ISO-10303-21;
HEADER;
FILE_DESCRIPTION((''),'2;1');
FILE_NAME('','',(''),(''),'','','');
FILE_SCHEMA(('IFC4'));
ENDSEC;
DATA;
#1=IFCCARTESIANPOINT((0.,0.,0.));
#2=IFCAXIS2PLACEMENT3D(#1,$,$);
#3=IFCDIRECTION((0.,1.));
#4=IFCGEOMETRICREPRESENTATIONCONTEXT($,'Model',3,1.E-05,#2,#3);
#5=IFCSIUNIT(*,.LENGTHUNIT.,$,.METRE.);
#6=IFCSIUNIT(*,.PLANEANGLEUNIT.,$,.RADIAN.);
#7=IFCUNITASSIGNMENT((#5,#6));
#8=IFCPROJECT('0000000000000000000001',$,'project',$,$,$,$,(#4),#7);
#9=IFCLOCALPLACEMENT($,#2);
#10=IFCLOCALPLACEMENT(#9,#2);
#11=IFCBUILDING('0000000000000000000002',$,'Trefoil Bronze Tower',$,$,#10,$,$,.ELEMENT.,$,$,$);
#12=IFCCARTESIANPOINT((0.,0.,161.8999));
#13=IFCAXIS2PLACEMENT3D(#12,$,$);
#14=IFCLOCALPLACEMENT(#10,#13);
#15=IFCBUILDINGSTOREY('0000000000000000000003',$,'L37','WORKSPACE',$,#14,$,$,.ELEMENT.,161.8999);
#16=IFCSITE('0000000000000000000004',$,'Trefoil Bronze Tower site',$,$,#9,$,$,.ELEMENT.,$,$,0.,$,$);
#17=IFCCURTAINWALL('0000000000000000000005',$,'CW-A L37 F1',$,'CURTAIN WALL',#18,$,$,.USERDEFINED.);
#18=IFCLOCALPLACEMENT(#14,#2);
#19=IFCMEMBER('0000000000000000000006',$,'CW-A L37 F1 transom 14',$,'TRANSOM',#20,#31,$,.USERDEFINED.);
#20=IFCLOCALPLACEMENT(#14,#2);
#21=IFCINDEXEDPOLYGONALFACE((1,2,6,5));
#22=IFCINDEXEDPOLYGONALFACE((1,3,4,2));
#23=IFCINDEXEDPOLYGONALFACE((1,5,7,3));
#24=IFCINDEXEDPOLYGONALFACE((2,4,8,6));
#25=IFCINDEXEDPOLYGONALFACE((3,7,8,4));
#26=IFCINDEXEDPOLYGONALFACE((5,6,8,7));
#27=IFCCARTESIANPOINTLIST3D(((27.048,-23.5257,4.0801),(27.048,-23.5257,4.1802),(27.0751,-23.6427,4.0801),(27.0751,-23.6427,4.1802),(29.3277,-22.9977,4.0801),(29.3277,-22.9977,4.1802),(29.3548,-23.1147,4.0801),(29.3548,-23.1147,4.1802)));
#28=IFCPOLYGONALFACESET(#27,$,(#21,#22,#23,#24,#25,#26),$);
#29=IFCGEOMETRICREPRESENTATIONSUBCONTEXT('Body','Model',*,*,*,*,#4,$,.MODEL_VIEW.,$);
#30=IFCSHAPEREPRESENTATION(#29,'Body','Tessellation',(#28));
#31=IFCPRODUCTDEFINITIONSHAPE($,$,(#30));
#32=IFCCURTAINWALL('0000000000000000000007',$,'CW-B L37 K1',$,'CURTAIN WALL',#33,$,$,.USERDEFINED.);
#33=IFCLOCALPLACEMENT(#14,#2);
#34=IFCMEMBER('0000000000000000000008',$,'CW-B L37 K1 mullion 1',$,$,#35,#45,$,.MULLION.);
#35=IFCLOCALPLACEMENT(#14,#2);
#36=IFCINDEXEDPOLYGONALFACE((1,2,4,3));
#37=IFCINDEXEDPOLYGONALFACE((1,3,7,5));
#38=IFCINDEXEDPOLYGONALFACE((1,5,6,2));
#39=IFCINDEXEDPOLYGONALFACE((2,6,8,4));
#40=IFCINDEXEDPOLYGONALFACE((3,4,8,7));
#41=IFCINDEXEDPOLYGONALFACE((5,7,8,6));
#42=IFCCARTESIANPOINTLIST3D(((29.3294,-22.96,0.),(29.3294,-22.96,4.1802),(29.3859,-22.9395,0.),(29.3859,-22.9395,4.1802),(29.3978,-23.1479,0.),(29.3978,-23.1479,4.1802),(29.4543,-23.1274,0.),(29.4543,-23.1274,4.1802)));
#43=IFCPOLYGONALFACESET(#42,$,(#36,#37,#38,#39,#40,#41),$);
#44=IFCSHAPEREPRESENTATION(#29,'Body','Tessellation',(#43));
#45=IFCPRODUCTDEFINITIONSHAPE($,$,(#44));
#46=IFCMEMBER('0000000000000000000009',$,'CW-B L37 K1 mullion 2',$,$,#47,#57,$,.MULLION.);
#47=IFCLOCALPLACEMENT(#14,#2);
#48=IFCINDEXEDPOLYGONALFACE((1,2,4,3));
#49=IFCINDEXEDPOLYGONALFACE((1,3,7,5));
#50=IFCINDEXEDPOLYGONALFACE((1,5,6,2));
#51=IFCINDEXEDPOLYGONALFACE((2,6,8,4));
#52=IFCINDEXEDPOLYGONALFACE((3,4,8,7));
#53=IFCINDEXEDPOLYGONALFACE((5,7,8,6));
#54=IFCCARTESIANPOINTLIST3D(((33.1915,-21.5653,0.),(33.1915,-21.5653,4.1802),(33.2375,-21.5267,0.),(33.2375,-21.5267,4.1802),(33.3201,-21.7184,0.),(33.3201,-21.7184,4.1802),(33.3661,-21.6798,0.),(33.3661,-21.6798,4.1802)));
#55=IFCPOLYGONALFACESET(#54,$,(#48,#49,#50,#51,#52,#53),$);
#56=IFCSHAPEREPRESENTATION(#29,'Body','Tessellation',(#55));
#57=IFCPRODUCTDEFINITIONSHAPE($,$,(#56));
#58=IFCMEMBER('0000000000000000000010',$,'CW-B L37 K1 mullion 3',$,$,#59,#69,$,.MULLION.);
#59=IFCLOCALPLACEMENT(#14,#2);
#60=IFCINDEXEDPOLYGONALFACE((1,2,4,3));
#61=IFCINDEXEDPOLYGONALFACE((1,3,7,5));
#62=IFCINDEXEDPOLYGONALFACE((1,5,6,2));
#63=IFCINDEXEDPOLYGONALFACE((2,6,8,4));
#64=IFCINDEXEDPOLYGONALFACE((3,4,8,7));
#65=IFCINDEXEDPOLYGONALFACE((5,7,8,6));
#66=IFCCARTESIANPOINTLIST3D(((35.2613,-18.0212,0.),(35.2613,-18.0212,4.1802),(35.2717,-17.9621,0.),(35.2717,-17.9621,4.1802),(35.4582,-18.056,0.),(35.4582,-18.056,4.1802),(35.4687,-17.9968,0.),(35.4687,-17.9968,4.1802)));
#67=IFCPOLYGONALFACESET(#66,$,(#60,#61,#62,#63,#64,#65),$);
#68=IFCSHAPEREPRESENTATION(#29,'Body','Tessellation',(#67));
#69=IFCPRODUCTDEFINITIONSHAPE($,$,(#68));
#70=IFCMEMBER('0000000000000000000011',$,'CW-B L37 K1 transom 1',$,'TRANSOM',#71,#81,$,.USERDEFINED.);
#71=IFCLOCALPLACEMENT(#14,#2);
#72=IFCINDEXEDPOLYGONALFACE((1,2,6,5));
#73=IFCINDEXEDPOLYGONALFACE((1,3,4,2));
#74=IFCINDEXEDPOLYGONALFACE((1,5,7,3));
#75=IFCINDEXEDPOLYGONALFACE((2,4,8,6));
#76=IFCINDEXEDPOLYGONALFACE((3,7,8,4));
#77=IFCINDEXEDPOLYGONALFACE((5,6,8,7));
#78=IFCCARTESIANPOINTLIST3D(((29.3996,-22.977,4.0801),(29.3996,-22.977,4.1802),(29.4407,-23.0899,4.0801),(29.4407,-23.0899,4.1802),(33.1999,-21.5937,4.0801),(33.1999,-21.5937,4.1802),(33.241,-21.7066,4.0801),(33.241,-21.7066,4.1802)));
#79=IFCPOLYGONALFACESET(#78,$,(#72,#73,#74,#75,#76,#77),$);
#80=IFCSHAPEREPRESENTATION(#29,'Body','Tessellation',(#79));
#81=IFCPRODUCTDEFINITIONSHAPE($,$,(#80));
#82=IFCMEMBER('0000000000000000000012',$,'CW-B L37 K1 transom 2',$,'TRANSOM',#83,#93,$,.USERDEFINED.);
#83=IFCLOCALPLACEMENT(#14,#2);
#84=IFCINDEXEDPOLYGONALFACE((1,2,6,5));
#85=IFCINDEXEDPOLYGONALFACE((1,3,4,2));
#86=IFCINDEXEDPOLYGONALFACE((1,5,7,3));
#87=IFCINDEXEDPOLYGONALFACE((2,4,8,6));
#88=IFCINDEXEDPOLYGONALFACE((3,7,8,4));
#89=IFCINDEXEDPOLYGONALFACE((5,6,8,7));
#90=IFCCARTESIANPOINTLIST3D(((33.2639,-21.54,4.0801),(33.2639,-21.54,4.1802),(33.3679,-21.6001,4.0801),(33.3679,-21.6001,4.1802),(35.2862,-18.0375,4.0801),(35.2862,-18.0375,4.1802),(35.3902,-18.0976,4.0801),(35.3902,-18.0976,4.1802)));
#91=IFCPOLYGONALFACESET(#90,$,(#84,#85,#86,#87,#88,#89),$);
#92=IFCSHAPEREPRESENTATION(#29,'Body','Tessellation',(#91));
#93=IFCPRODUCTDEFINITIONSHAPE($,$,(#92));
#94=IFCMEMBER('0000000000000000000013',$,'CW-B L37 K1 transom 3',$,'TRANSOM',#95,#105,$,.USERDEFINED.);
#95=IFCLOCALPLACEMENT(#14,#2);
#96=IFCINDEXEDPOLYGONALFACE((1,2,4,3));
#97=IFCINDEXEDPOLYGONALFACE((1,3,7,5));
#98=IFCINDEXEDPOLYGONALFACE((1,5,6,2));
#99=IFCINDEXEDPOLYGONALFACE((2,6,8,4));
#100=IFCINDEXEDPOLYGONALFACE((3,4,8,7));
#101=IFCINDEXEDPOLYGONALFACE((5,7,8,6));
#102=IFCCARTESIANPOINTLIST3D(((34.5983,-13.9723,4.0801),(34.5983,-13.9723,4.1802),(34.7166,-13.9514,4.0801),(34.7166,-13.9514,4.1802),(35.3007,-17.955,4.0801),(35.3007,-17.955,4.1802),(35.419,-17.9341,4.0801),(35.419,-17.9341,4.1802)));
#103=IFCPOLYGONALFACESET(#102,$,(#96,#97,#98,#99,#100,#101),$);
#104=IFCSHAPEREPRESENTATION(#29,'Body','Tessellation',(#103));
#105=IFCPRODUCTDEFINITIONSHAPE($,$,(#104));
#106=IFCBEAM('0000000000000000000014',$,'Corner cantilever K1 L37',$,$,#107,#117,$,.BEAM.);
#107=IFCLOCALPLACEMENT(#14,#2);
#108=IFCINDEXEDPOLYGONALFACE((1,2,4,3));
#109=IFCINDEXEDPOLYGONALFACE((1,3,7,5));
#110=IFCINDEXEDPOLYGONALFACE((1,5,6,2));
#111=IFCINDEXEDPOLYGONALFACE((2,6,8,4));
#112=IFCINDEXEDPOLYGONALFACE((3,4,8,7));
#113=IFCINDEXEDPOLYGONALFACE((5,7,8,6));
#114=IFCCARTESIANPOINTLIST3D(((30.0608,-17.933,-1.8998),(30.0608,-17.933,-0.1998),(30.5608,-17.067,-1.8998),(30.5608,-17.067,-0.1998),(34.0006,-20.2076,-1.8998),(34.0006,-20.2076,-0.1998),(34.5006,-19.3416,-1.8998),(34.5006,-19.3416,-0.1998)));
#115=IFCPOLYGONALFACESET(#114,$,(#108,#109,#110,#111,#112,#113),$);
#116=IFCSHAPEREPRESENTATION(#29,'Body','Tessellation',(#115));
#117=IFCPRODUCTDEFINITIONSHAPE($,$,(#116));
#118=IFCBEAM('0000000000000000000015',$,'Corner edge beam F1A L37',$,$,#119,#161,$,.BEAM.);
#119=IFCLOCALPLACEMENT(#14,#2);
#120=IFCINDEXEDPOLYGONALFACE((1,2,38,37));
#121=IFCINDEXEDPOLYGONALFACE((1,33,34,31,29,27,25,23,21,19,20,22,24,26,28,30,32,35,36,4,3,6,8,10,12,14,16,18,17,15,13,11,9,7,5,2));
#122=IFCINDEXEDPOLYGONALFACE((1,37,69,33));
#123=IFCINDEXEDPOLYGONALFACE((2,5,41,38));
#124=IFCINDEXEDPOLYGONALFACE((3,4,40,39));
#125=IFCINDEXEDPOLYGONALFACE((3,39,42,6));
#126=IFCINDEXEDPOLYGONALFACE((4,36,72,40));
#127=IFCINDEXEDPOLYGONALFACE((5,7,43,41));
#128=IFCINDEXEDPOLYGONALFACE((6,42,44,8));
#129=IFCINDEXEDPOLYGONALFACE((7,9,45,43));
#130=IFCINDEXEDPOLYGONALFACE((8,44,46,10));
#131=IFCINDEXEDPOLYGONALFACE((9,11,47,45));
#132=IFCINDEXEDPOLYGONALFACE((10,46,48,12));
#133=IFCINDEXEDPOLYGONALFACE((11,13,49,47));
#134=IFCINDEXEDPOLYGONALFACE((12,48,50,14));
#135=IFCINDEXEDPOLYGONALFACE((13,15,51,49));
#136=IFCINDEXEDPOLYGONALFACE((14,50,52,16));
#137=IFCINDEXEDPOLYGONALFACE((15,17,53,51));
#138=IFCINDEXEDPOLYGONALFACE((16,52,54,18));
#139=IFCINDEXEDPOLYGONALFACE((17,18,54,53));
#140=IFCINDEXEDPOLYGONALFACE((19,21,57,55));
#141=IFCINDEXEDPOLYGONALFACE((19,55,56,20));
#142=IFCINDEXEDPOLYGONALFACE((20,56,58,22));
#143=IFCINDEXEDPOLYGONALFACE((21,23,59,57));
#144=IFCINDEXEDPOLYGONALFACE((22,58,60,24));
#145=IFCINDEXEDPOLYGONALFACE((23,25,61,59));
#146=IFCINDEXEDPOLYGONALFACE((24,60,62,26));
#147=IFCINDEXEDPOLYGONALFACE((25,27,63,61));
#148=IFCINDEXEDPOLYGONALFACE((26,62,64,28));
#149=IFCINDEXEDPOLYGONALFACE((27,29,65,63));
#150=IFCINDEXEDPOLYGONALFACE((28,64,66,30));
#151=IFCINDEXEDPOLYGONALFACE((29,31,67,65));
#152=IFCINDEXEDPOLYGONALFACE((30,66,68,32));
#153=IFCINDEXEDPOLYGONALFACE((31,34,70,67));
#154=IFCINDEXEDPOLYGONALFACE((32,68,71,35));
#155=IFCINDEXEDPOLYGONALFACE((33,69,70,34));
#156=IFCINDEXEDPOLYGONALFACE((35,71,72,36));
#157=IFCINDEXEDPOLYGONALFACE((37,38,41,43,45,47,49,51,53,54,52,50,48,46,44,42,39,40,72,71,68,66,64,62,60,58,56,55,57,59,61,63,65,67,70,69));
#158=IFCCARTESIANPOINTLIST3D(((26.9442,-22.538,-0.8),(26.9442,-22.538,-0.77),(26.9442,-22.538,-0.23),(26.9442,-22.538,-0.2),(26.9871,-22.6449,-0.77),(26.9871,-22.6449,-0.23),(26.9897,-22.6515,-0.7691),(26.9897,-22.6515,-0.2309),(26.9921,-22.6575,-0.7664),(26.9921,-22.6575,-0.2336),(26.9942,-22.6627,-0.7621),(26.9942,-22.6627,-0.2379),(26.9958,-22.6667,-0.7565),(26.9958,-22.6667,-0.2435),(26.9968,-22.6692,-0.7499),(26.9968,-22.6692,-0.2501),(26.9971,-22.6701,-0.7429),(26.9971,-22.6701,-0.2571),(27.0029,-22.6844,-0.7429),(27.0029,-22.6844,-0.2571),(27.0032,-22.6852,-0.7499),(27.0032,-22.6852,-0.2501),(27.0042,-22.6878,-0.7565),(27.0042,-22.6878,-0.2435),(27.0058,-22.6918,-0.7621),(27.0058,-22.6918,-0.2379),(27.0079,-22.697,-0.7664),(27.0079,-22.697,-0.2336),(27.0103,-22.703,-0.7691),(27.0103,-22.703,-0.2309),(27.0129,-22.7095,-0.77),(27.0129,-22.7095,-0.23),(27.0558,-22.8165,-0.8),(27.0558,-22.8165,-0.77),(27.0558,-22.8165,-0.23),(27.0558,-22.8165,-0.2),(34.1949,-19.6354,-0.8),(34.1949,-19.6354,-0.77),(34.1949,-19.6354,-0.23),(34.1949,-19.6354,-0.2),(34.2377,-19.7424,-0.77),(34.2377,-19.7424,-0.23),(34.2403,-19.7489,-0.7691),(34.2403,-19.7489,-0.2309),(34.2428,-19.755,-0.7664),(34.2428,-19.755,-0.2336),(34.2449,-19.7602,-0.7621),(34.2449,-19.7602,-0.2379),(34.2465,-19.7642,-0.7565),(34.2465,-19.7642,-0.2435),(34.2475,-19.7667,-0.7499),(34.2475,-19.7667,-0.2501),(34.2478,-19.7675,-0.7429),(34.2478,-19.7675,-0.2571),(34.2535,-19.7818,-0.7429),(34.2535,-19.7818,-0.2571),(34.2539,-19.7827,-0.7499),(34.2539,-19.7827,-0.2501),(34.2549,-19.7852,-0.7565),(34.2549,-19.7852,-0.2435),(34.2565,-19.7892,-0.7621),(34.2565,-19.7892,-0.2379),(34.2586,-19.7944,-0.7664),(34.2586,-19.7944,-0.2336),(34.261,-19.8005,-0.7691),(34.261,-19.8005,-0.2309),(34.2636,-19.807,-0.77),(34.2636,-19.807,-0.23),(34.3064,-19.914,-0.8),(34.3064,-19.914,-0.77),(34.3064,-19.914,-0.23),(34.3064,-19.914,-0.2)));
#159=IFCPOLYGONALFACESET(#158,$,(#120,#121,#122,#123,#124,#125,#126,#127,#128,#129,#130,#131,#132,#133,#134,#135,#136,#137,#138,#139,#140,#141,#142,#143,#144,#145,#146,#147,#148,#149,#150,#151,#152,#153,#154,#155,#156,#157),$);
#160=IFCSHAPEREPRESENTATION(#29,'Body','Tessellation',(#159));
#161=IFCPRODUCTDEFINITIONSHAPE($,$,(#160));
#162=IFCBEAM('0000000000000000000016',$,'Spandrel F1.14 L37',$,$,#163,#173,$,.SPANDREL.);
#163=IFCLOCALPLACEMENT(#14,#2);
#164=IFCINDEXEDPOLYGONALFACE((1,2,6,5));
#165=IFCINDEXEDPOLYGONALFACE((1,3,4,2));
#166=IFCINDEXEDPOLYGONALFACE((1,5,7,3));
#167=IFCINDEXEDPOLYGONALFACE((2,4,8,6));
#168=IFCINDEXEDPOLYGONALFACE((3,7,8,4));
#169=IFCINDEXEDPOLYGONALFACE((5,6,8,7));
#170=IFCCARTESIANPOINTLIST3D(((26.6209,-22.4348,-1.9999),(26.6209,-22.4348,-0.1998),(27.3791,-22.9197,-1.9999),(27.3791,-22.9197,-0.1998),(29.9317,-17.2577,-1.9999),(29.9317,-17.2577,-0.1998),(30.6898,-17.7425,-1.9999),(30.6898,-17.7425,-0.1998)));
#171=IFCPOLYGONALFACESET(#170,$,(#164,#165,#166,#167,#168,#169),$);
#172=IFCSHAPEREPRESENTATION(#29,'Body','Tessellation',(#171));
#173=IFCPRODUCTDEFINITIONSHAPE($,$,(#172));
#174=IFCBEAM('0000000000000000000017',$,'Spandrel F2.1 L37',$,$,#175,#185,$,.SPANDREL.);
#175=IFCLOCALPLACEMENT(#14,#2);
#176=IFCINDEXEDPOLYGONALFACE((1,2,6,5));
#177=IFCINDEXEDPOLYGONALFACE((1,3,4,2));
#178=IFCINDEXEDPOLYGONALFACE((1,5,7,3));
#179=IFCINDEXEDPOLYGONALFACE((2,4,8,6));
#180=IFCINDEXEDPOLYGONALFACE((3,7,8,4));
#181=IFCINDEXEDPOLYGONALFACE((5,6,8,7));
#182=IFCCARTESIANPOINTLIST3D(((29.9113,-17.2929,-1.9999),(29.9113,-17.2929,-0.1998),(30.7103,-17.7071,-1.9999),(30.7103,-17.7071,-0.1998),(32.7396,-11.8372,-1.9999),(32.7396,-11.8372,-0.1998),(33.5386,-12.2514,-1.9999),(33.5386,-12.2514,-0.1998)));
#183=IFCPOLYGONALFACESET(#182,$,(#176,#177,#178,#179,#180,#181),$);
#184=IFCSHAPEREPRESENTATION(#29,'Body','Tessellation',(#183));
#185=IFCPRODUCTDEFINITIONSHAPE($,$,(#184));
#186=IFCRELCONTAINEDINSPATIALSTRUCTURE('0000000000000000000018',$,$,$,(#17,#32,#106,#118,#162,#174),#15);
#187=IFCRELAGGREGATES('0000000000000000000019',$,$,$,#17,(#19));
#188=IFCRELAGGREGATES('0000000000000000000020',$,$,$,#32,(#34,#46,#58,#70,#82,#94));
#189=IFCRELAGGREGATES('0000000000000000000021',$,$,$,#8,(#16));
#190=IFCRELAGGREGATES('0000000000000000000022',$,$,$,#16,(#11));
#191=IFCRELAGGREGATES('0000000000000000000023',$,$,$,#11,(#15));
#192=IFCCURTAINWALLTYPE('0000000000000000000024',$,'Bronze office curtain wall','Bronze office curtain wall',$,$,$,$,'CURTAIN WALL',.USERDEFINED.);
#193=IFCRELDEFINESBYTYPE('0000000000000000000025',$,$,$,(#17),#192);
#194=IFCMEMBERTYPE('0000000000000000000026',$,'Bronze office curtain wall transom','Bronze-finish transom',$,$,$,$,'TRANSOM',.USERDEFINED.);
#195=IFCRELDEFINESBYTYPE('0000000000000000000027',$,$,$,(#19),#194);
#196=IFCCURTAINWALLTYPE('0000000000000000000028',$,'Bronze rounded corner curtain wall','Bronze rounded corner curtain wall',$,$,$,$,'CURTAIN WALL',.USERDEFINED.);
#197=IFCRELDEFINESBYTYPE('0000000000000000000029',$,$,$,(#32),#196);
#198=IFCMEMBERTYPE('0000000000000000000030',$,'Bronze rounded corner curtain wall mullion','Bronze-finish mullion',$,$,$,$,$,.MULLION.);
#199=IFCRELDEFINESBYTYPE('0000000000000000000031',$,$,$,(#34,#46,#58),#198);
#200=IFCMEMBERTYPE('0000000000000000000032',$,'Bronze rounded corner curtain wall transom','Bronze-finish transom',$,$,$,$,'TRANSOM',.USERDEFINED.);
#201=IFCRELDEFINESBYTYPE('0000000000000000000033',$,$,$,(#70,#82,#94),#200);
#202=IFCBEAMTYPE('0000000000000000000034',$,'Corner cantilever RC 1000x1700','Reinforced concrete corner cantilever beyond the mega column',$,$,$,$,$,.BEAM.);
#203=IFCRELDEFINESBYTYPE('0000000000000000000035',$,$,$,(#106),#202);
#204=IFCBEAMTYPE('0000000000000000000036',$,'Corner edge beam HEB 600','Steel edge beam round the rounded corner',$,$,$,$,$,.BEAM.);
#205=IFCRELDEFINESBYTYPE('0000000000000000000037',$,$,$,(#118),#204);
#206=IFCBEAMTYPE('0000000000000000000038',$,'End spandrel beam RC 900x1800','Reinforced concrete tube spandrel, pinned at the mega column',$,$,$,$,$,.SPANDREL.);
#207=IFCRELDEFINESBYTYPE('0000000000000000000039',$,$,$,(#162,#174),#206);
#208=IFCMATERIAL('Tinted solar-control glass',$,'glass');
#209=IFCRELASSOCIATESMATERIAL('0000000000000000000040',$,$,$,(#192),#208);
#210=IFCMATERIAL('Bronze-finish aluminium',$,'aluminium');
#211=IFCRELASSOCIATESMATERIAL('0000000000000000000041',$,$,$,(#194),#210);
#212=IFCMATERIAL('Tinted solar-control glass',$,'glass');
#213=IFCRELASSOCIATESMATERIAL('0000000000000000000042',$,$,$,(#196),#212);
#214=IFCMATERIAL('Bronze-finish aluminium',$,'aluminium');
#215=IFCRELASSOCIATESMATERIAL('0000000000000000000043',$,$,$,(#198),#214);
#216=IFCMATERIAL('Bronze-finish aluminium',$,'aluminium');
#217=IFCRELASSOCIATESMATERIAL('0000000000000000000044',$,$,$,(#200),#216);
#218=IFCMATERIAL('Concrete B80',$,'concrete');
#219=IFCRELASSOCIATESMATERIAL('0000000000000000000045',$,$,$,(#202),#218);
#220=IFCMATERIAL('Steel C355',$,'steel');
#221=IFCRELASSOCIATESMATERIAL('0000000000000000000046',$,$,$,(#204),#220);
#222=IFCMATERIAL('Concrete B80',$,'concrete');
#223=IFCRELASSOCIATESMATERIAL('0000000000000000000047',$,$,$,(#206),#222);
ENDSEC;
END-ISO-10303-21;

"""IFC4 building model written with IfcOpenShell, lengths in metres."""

from ifc_helpers import new_model, si_unit, direction, frame, origin, origin_2d, place, context, subcontext, project, spatial, rectangle, i_section, extrude, material, material_profile, profile_set, type_object, element, aggregate, save


model = new_model("IFC4")

# Units and contexts
model_context = context("Model", 3, precision=1e-05, world=origin(), true_north=direction((0.0, 1.0)))
body_context = subcontext(model_context, "Body", "Model", "MODEL_VIEW")
ifc_project = project(units=[si_unit("LENGTHUNIT", "METRE"), si_unit("PLANEANGLEUNIT", "RADIAN")], contexts=[model_context])

# Site, building, storey
site_placement = place(None, origin())
site = spatial("IfcSite", under=ifc_project, at=site_placement, Name="Trefoil Bronze Tower site", CompositionType="ELEMENT", RefElevation=0.0)
building_placement = place(site_placement, origin())
building = spatial("IfcBuilding", under=site, at=building_placement, Name="Trefoil Bronze Tower", CompositionType="ELEMENT")
storey_placement = place(building_placement, frame((0.0, 0.0, 161.8999)))
storey = spatial("IfcBuildingStorey", under=building, at=storey_placement, Name="L37", Description="WORKSPACE", CompositionType="ELEMENT", Elevation=161.8999)

# Curtain walls, members
ifc_material_1 = material(Name="Tinted solar-control glass", Category="glass")
curtain_wall_type_1 = type_object("IfcCurtainWallType", Name="Bronze office curtain wall", Description="Bronze office curtain wall", ElementType="CURTAIN WALL", PredefinedType="USERDEFINED", material=ifc_material_1)
curtain_wall_1_placement = place(storey_placement, origin())
curtain_wall_1 = element("IfcCurtainWall", 1, at=curtain_wall_1_placement, inside=storey, type_object=curtain_wall_type_1, Name="CW-A L37 F1", ObjectType="CURTAIN WALL", PredefinedType="USERDEFINED")
ifc_material_2 = material(Name="Bronze-finish aluminium", Category="aluminium")
ifc_material_profile_1 = material_profile(ifc_material_2, rectangle(XDim=0.1201, YDim=0.1001, at=origin_2d()), Name="CW-A transom")
ifc_profile_set_1 = profile_set([ifc_material_profile_1], Name="Bronze-finish aluminium")
member_type_1 = type_object("IfcMemberType", Name="Bronze office curtain wall transom", Description="Bronze-finish transom", ElementType="TRANSOM", PredefinedType="USERDEFINED", material=ifc_profile_set_1)
member_1_placement = place(storey_placement, frame((27.0615, -23.5842, 4.1301), z_axis=(0.974206, 0.225659, 0.0), x_axis=(-0.225659, 0.974206, 0.0)))
member_1 = element("IfcMember", 2, at=member_1_placement, type_object=member_type_1, Name="CW-A L37 F1 transom 14", ObjectType="TRANSOM", PredefinedType="USERDEFINED", context=body_context, shape_type="SweptSolid", body=[
    extrude(rectangle(XDim=0.1201, YDim=0.1001, at=origin_2d()), origin(), (0.0, 0.0, 1.0), 2.3401),
])
ifc_material_3 = material(Name="Tinted solar-control glass", Category="glass")
curtain_wall_type_2 = type_object("IfcCurtainWallType", Name="Bronze rounded corner curtain wall", Description="Bronze rounded corner curtain wall", ElementType="CURTAIN WALL", PredefinedType="USERDEFINED", material=ifc_material_3)
curtain_wall_2_placement = place(storey_placement, origin())
curtain_wall_2 = element("IfcCurtainWall", 3, at=curtain_wall_2_placement, inside=storey, type_object=curtain_wall_type_2, Name="CW-B L37 K1", ObjectType="CURTAIN WALL", PredefinedType="USERDEFINED")
ifc_material_4 = material(Name="Bronze-finish aluminium", Category="aluminium")
ifc_material_profile_2 = material_profile(ifc_material_4, rectangle(XDim=0.2, YDim=0.0601, at=origin_2d()), Name="CW-B mullion")
ifc_profile_set_2 = profile_set([ifc_material_profile_2], Name="Bronze-finish aluminium")
member_type_2 = type_object("IfcMemberType", Name="Bronze rounded corner curtain wall mullion", Description="Bronze-finish mullion", PredefinedType="MULLION", material=ifc_profile_set_2)
member_2_placement = place(storey_placement, frame((29.3918, -23.0437, 0.0), z_axis=(0.0, 0.0, 1.0), x_axis=(-0.34202, 0.939693, 0.0)))
member_2 = element("IfcMember", 4, at=member_2_placement, type_object=member_type_2, Name="CW-B L37 K1 mullion 1", PredefinedType="MULLION", context=body_context, shape_type="SweptSolid", body=[
    extrude(rectangle(XDim=0.2, YDim=0.0601, at=origin_2d()), origin(), (0.0, 0.0, 1.0), 4.1802),
])
member_3_placement = place(storey_placement, frame((33.2788, -21.6226, 0.0), z_axis=(0.0, 0.0, 1.0), x_axis=(-0.642788, 0.766044, 0.0)))
member_3 = element("IfcMember", 5, at=member_3_placement, type_object=member_type_2, Name="CW-B L37 K1 mullion 2", PredefinedType="MULLION", context=body_context, shape_type="SweptSolid", body=[
    extrude(rectangle(XDim=0.2, YDim=0.0601, at=origin_2d()), origin(), (0.0, 0.0, 1.0), 4.1802),
])
member_4_placement = place(storey_placement, frame((35.365, -18.009, 0.0), z_axis=(0.0, 0.0, 1.0), x_axis=(-0.984808, 0.173648, 0.0)))
member_4 = element("IfcMember", 6, at=member_4_placement, type_object=member_type_2, Name="CW-B L37 K1 mullion 3", PredefinedType="MULLION", context=body_context, shape_type="SweptSolid", body=[
    extrude(rectangle(XDim=0.2, YDim=0.0601, at=origin_2d()), origin(), (0.0, 0.0, 1.0), 4.1802),
])
ifc_material_5 = material(Name="Bronze-finish aluminium", Category="aluminium")
ifc_material_profile_3 = material_profile(ifc_material_5, rectangle(XDim=0.1201, YDim=0.1001, at=origin_2d()), Name="CW-B transom")
ifc_profile_set_3 = profile_set([ifc_material_profile_3], Name="Bronze-finish aluminium")
member_type_3 = type_object("IfcMemberType", Name="Bronze rounded corner curtain wall transom", Description="Bronze-finish transom", ElementType="TRANSOM", PredefinedType="USERDEFINED", material=ifc_profile_set_3)
member_5_placement = place(storey_placement, frame((29.4202, -23.0334, 4.1301), z_axis=(0.939684, 0.342044, 0.0), x_axis=(-0.342044, 0.939684, 0.0)))
member_5 = element("IfcMember", 7, at=member_5_placement, type_object=member_type_3, Name="CW-B L37 K1 transom 1", ObjectType="TRANSOM", PredefinedType="USERDEFINED", context=body_context, shape_type="SweptSolid", body=[
    extrude(rectangle(XDim=0.1201, YDim=0.1001, at=origin_2d()), origin(), (0.0, 0.0, 1.0), 4.0442),
])
member_6_placement = place(storey_placement, frame((33.3159, -21.5701, 4.1301), z_axis=(0.500015, 0.866017, 0.0), x_axis=(-0.866017, 0.500015, 0.0)))
member_6 = element("IfcMember", 8, at=member_6_placement, type_object=member_type_3, Name="CW-B L37 K1 transom 2", ObjectType="TRANSOM", PredefinedType="USERDEFINED", context=body_context, shape_type="SweptSolid", body=[
    extrude(rectangle(XDim=0.1201, YDim=0.1001, at=origin_2d()), origin(), (0.0, 0.0, 1.0), 4.0444),
])
member_7_placement = place(storey_placement, frame((35.3599, -17.9446, 4.1301), z_axis=(-0.173682, 0.984802, 0.0), x_axis=(-0.984802, -0.173682, 0.0)))
member_7 = element("IfcMember", 9, at=member_7_placement, type_object=member_type_3, Name="CW-B L37 K1 transom 3", ObjectType="TRANSOM", PredefinedType="USERDEFINED", context=body_context, shape_type="SweptSolid", body=[
    extrude(rectangle(XDim=0.1201, YDim=0.1001, at=origin_2d()), origin(), (0.0, 0.0, 1.0), 4.0442),
])

# Beams
ifc_material_6 = material(Name="Concrete B80", Category="concrete")
ifc_material_profile_4 = material_profile(ifc_material_6, rectangle(XDim=1.0, YDim=1.7, at=origin_2d()), Name="RC 1000x1700")
ifc_profile_set_4 = profile_set([ifc_material_profile_4], Name="Concrete B80")
beam_type_1 = type_object("IfcBeamType", Name="Corner cantilever RC 1000x1700", Description="Reinforced concrete corner cantilever beyond the mega column", PredefinedType="BEAM", material=ifc_profile_set_4)
beam_1_placement = place(storey_placement, frame((30.3108, -17.5, -1.0498), z_axis=(0.866032, -0.499989, 0.0), x_axis=(0.499989, 0.866032, 0.0)))
element("IfcBeam", 10, at=beam_1_placement, inside=storey, type_object=beam_type_1, Name="Corner cantilever K1 L37", PredefinedType="BEAM", context=body_context, shape_type="SweptSolid", body=[
    extrude(rectangle(XDim=1.0, YDim=1.7, at=origin_2d()), origin(), (0.0, 0.0, 1.0), 4.5493),
])
ifc_material_7 = material(Name="Steel C355", Category="steel")
ifc_material_profile_5 = material_profile(ifc_material_7, i_section(OverallWidth=0.3, OverallDepth=0.6001, WebThickness=0.0154, FlangeThickness=0.03, FilletRadius=0.0271, at=origin_2d()), Name="HEB 600")
ifc_profile_set_5 = profile_set([ifc_material_profile_5], Name="Steel C355")
beam_type_2 = type_object("IfcBeamType", Name="Corner edge beam HEB 600", Description="Steel edge beam round the rounded corner", PredefinedType="BEAM", material=ifc_profile_set_5)
beam_2_placement = place(storey_placement, frame((27.0, -22.6772, -0.5), z_axis=(0.928375, 0.371644, 0.0), x_axis=(-0.371644, 0.928375, 0.0)))
element("IfcBeam", 11, at=beam_2_placement, inside=storey, type_object=beam_type_2, Name="Corner edge beam F1A L37", PredefinedType="BEAM", context=body_context, shape_type="SweptSolid", body=[
    extrude(i_section(OverallWidth=0.3, OverallDepth=0.6001, WebThickness=0.0154, FlangeThickness=0.03, FilletRadius=0.0271, at=origin_2d()), origin(), (0.0, 0.0, 1.0), 7.8101),
])
ifc_material_8 = material(Name="Concrete B80", Category="concrete")
ifc_material_profile_6 = material_profile(ifc_material_8, rectangle(XDim=0.8999, YDim=1.8, at=origin_2d()), Name="RC 900x1800")
ifc_profile_set_6 = profile_set([ifc_material_profile_6], Name="Concrete B80")
beam_type_3 = type_object("IfcBeamType", Name="End spandrel beam RC 900x1800", Description="Reinforced concrete tube spandrel, pinned at the mega column", PredefinedType="SPANDREL", material=ifc_profile_set_6)
for number, where, z_axis, x_axis, name in (
    (12, (27.0, -22.6772, -1.0999), (0.538748, 0.842467, 0.0), (-0.842467, 0.538748, 0.0), "Spandrel F1.14 L37"),
    (13, (30.3108, -17.5, -1.0999), (0.460244, 0.887792, 0.0), (-0.887792, 0.460244, 0.0), "Spandrel F2.1 L37"),
):
    element("IfcBeam", number, at=place(storey_placement, frame(where, z_axis=z_axis, x_axis=x_axis)), inside=storey, type_object=beam_type_3, Name=name, PredefinedType="SPANDREL", context=body_context, shape_type="SweptSolid", body=[
        extrude(rectangle(XDim=0.8999, YDim=1.8, at=origin_2d()), origin(), (0.0, 0.0, 1.0), 6.1453),
    ])

aggregate(curtain_wall_1, [member_1])
aggregate(curtain_wall_2, [member_2, member_3, member_4, member_5, member_6, member_7])

save(model, "model.ifc")
